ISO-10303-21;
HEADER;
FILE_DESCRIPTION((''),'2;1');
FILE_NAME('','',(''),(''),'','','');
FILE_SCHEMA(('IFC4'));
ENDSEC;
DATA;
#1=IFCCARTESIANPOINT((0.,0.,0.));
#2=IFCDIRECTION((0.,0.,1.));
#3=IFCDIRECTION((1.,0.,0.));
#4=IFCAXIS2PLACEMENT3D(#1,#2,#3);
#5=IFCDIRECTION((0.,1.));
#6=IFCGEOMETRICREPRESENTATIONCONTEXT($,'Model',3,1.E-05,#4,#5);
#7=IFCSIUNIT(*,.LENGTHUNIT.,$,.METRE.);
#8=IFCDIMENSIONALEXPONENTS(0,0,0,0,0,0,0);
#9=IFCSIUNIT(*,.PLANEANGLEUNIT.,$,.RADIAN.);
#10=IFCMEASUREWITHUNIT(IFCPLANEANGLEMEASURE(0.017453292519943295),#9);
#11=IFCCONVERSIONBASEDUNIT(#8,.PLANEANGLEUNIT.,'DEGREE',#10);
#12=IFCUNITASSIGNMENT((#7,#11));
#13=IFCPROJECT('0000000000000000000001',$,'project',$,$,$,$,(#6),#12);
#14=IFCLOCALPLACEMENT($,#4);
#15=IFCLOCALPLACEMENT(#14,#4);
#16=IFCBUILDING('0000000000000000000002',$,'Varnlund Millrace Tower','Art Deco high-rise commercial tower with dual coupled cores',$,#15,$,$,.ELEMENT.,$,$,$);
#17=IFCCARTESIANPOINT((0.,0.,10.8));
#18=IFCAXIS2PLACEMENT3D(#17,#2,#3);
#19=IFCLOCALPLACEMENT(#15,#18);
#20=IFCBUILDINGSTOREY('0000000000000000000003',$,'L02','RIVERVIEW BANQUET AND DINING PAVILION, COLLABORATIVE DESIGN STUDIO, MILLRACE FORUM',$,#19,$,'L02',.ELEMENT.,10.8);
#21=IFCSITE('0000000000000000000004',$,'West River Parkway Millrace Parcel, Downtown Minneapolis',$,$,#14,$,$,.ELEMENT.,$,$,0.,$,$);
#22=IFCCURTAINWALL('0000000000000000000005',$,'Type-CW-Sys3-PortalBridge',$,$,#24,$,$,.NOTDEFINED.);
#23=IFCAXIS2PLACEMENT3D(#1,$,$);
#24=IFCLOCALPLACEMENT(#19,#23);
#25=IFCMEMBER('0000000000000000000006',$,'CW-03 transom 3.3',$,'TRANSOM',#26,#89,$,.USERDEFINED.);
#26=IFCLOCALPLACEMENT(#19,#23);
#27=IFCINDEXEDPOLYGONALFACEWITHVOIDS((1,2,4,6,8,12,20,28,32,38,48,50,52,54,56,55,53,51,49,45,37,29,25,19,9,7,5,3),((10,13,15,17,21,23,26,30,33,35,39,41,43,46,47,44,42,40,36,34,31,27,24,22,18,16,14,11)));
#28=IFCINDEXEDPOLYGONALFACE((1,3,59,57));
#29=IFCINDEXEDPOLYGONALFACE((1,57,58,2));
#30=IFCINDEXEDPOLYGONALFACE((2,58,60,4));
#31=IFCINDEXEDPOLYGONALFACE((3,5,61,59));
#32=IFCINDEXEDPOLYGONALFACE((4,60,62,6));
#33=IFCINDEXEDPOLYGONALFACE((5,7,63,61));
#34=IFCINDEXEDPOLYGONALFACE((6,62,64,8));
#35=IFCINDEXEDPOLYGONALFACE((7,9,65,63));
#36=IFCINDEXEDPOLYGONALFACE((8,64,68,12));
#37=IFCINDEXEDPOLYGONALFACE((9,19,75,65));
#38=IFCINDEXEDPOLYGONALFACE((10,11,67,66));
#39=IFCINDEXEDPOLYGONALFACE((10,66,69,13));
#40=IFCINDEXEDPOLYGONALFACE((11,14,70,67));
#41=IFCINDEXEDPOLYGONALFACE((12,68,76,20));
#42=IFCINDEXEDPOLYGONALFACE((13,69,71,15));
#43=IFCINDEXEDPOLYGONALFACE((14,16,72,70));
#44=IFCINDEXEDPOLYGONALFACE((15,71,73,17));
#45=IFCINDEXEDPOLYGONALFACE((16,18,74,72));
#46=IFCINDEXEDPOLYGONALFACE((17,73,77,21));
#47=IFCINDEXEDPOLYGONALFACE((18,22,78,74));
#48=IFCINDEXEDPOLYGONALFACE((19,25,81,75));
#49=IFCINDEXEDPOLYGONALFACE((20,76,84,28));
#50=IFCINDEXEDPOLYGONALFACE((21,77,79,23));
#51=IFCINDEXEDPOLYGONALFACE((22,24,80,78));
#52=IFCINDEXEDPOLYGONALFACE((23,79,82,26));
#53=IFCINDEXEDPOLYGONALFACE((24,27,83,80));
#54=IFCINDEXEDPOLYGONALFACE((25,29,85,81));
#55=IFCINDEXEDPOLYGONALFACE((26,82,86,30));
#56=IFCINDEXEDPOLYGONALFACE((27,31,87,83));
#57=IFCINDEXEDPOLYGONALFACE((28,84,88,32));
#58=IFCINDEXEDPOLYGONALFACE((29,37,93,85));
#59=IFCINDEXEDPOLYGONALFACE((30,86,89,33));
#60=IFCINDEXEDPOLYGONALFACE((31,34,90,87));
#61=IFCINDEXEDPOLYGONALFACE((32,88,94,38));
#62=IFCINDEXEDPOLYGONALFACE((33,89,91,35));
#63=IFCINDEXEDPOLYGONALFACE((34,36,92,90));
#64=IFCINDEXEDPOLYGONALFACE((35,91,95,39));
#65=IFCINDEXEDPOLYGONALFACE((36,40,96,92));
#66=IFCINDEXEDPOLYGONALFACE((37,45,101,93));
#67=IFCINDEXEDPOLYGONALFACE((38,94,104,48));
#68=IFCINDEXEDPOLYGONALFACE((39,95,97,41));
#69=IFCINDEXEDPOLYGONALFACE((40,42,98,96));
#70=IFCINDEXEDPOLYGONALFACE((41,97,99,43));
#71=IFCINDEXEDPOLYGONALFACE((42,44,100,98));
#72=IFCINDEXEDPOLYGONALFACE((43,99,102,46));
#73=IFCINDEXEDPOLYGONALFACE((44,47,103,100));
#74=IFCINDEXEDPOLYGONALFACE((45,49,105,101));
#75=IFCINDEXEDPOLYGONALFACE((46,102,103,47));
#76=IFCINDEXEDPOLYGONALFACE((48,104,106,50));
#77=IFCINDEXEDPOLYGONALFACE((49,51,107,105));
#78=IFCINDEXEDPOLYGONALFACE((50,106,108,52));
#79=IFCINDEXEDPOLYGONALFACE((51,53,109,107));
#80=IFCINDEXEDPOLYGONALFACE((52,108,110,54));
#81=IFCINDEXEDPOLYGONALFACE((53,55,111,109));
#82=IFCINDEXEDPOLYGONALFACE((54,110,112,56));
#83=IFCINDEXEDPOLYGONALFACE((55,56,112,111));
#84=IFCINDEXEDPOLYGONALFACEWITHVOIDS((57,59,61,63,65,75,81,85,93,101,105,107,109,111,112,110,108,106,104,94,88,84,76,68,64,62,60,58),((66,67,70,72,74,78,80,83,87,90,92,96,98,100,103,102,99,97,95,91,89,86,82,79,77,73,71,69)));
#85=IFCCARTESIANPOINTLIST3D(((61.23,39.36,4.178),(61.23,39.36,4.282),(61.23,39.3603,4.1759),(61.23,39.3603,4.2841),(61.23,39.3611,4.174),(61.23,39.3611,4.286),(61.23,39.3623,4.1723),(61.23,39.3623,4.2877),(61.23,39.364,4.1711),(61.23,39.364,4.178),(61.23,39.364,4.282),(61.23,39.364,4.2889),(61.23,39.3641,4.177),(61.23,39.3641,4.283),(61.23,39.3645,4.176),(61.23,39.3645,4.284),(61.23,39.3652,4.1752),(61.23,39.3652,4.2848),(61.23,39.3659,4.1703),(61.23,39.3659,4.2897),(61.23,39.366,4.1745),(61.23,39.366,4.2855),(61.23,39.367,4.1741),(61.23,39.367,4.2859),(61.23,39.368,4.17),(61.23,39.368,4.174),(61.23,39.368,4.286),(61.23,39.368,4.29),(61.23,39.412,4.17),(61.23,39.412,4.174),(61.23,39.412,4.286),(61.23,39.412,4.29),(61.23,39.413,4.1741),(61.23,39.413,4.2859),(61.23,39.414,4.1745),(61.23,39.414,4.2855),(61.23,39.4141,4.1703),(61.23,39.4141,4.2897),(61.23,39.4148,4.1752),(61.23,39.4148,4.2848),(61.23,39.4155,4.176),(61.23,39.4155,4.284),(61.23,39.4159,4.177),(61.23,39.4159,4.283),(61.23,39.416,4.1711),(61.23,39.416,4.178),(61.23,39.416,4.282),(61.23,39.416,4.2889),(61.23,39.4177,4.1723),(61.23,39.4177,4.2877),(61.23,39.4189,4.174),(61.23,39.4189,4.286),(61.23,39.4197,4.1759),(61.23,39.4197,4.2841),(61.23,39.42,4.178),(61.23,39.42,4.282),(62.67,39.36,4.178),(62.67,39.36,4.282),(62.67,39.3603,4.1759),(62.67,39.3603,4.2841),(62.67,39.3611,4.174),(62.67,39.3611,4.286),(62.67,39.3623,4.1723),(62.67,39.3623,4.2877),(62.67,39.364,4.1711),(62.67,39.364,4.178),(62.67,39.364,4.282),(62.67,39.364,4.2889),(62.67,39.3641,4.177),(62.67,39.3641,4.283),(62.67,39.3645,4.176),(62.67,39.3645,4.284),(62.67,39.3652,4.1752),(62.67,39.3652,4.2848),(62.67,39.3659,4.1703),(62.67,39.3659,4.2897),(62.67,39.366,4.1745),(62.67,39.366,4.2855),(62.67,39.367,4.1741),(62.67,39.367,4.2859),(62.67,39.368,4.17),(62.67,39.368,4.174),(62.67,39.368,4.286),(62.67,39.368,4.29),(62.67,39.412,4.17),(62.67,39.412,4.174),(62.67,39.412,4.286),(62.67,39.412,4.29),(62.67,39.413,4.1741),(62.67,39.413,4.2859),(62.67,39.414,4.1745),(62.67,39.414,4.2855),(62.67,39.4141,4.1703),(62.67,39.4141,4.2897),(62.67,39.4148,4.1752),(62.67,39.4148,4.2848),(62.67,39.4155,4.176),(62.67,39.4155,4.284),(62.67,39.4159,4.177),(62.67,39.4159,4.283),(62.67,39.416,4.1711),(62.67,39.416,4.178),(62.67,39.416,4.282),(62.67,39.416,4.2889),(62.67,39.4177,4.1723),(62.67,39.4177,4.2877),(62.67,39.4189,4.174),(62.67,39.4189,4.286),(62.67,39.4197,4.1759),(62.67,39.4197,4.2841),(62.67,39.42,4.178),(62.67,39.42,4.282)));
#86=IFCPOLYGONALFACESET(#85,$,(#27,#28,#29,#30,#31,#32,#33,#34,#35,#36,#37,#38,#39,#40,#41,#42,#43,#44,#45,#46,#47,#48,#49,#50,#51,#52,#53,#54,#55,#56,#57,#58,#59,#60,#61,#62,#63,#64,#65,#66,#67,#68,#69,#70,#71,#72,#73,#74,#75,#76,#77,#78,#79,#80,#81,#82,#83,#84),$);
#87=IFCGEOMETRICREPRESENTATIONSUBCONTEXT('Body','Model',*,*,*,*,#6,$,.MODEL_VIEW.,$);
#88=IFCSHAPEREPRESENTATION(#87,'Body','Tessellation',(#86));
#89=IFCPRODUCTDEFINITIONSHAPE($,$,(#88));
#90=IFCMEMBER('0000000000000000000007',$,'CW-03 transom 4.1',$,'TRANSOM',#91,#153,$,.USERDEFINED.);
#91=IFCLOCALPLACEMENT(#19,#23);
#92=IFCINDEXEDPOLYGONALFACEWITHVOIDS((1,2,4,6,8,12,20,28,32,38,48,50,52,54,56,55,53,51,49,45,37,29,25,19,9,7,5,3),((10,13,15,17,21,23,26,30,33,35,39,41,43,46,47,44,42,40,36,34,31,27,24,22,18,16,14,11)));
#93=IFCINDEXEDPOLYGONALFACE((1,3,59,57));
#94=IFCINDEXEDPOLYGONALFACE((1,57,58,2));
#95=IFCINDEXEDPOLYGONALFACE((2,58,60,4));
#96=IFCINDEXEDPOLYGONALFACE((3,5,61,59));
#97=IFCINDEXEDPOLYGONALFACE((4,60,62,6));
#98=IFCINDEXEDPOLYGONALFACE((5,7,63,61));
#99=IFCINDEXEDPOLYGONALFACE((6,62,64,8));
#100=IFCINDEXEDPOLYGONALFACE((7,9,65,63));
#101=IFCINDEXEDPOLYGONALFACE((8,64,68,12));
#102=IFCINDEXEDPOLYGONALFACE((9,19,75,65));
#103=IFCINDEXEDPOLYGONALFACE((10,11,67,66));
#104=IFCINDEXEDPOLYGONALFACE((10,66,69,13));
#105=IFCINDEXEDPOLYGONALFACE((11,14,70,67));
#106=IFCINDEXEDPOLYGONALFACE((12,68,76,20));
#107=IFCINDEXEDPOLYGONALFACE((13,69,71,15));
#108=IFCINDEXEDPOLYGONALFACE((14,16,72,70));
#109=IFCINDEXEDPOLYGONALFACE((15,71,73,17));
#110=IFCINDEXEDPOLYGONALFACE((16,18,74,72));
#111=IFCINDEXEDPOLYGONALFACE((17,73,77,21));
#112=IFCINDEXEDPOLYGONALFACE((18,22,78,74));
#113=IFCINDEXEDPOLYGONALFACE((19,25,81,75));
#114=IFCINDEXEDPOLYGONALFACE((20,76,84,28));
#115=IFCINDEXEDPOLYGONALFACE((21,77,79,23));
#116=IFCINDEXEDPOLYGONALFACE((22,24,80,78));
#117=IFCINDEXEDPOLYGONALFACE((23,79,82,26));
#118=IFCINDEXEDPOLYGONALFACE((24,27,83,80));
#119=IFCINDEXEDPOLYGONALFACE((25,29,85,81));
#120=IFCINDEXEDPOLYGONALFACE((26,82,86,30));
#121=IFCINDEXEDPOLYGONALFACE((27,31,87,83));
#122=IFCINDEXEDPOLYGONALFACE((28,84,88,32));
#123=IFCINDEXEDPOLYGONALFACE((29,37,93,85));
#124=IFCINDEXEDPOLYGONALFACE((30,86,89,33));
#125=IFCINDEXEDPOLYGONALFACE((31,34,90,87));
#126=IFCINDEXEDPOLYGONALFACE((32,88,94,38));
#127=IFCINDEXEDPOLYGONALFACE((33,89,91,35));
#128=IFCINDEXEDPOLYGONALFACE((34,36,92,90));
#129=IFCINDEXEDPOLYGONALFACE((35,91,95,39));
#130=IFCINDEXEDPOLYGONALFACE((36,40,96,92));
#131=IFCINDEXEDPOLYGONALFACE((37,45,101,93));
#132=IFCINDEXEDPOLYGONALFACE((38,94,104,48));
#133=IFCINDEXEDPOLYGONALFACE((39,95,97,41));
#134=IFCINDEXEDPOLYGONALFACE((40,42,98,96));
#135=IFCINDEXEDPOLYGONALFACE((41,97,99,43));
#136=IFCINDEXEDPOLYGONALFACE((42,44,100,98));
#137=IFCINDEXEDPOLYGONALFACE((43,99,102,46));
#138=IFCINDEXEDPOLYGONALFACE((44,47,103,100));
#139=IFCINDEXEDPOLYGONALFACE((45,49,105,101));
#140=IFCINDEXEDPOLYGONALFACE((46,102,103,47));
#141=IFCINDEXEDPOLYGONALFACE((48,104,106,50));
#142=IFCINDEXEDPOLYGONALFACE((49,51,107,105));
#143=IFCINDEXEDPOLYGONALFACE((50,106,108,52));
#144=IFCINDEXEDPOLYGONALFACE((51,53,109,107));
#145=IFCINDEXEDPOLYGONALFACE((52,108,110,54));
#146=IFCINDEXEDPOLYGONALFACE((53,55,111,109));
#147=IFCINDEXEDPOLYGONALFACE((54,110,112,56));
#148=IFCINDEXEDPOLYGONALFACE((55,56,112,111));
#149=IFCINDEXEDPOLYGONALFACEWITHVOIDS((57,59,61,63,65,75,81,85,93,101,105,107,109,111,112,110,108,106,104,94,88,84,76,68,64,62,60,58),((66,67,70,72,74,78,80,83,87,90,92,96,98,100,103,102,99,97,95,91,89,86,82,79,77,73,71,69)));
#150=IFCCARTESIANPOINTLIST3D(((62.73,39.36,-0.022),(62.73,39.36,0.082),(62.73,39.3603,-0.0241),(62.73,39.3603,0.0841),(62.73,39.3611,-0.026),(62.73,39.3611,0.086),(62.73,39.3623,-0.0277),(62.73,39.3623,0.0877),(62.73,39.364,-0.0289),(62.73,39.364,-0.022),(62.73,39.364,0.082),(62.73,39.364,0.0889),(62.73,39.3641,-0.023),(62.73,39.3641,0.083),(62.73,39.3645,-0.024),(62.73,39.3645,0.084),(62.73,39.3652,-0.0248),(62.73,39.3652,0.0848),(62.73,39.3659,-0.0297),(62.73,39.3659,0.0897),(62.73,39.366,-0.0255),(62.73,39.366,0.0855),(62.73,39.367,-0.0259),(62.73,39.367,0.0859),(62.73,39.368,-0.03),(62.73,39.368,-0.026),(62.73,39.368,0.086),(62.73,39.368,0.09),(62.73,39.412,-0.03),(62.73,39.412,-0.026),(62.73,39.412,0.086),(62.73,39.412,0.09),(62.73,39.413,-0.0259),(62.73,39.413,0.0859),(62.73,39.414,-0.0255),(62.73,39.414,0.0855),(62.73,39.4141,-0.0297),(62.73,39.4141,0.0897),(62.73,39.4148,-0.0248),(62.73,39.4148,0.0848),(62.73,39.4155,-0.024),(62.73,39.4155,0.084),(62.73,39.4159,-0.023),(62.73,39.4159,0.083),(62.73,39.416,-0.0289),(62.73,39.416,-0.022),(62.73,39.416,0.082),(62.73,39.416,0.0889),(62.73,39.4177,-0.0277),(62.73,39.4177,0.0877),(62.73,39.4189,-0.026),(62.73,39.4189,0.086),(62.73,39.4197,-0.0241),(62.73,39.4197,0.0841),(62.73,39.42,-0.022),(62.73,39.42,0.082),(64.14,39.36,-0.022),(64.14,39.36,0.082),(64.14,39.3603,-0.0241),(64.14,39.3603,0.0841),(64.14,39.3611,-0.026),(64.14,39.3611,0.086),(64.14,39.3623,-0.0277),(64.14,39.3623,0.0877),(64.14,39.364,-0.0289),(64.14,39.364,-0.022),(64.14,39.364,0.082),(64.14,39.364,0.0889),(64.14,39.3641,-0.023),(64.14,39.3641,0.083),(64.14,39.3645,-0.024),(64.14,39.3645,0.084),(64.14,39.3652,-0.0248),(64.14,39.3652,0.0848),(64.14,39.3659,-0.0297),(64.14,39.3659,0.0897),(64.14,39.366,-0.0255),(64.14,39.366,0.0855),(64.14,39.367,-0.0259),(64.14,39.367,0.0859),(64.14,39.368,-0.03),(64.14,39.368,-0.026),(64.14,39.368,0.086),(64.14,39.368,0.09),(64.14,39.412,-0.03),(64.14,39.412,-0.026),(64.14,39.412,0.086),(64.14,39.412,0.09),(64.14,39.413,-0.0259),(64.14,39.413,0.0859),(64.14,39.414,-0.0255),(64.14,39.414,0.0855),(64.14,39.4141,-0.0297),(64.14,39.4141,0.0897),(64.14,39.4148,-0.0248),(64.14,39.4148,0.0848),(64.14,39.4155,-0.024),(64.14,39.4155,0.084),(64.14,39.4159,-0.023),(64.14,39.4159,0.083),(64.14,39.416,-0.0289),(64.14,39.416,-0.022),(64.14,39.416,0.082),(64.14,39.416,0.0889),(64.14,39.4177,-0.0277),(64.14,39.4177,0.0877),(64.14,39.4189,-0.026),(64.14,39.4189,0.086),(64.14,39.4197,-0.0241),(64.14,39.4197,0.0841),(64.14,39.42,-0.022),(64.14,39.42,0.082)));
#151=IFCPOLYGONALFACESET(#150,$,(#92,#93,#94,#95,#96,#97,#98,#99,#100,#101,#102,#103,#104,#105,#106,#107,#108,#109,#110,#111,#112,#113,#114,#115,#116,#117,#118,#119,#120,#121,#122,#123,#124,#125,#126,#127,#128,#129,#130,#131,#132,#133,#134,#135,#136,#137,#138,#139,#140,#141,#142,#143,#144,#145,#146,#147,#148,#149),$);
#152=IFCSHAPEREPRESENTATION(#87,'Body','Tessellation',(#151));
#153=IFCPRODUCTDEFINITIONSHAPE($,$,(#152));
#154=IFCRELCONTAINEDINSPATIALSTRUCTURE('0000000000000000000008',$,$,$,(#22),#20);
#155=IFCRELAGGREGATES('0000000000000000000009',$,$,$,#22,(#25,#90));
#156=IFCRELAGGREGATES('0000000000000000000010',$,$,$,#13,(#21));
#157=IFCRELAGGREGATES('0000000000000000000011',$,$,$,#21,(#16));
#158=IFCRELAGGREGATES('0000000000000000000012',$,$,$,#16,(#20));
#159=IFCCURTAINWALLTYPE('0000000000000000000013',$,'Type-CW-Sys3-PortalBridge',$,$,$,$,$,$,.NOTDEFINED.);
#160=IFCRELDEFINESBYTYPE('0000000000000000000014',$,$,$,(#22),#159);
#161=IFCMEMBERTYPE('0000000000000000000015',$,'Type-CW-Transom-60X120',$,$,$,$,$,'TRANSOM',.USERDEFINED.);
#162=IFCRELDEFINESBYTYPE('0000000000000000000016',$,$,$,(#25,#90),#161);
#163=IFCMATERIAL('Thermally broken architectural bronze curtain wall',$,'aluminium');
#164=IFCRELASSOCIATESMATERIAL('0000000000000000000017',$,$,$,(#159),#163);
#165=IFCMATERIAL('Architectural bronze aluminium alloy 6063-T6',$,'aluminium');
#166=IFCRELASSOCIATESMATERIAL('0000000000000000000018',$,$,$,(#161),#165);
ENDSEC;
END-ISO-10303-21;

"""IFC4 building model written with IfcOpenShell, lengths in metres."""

from ifc_helpers import new_model, entity, si_unit, converted_unit, direction, frame, origin_with_axes, origin_2d_with_axis, place, context, subcontext, project, spatial, hollow_rectangle, extrude, material, material_profile, profile_set, type_object, element, aggregate, save


model = new_model("IFC4")

# Units and contexts
model_context = context("Model", 3, precision=1e-05, world=origin_with_axes(), true_north=direction((0.0, 1.0)))
body_context = subcontext(model_context, "Body", "Model", "MODEL_VIEW")
ifc_project = project(units=[si_unit("LENGTHUNIT", "METRE"), converted_unit("PLANEANGLEUNIT", "DEGREE", entity("IfcPlaneAngleMeasure", 0.017453292519943295), si_unit("PLANEANGLEUNIT", "RADIAN"), dimensions=[0, 0, 0, 0, 0, 0, 0])], contexts=[model_context])

# Site, building, storey
site_placement = place(None, origin_with_axes())
site = spatial("IfcSite", under=ifc_project, at=site_placement, Name="West River Parkway Millrace Parcel, Downtown Minneapolis", CompositionType="ELEMENT", RefElevation=0.0)
building_placement = place(site_placement, origin_with_axes())
building = spatial("IfcBuilding", under=site, at=building_placement, Name="Varnlund Millrace Tower", Description="Art Deco high-rise commercial tower with dual coupled cores", CompositionType="ELEMENT")
storey_placement = place(building_placement, frame((0.0, 0.0, 10.8), z_axis=(0.0, 0.0, 1.0), x_axis=(1.0, 0.0, 0.0)))
storey = spatial("IfcBuildingStorey", under=building, at=storey_placement, Name="L02", Description="RIVERVIEW BANQUET AND DINING PAVILION, COLLABORATIVE DESIGN STUDIO, MILLRACE FORUM", LongName="L02", CompositionType="ELEMENT", Elevation=10.8)

# Curtain wall
ifc_material_1 = material(Name="Thermally broken architectural bronze curtain wall", Category="aluminium")
curtain_wall_type = type_object("IfcCurtainWallType", Name="Type-CW-Sys3-PortalBridge", PredefinedType="NOTDEFINED", material=ifc_material_1)
curtain_wall_1_placement = place(storey_placement, frame((58.2, 39.39, 0.0), z_axis=(0.0, 0.0, 1.0), x_axis=(1.0, 0.0, 0.0)))
curtain_wall_1 = element("IfcCurtainWall", 1, at=curtain_wall_1_placement, inside=storey, type_object=curtain_wall_type, Name="Type-CW-Sys3-PortalBridge", PredefinedType="NOTDEFINED")
ifc_material_2 = material(Name="Architectural bronze aluminium alloy 6063-T6", Category="aluminium")

# Members
ifc_material_profile_1 = material_profile(ifc_material_2, hollow_rectangle(XDim=0.06, YDim=0.12, WallThickness=0.004, InnerFilletRadius=0.004, OuterFilletRadius=0.008, at=origin_2d_with_axis()), Name="Architectural bronze aluminium alloy 6063-T6")
ifc_profile_set_1 = profile_set([ifc_material_profile_1], Name="Architectural bronze aluminium alloy 6063-T6")
member_type_1 = type_object("IfcMemberType", Name="Type-CW-Transom-60X120", ElementType="TRANSOM", PredefinedType="USERDEFINED", material=ifc_profile_set_1)
member_1_placement = place(storey_placement, frame((61.23, 39.39, 4.23), z_axis=(1.0, 0.0, 0.0), x_axis=(0.0, 1.0, 0.0)))
member_1 = element("IfcMember", 2, at=member_1_placement, type_object=member_type_1, Name="CW-03 transom 3.3", ObjectType="TRANSOM", PredefinedType="USERDEFINED", context=body_context, shape_type="SweptSolid", body=[
    extrude(hollow_rectangle(XDim=0.06, YDim=0.12, WallThickness=0.004, InnerFilletRadius=0.004, OuterFilletRadius=0.008, at=origin_2d_with_axis()), origin_with_axes(), (0.0, 0.0, 1.0), 1.44),
])
member_2_placement = place(storey_placement, frame((62.73, 39.39, 0.03), z_axis=(1.0, 0.0, 0.0), x_axis=(0.0, 1.0, 0.0)))
member_2 = element("IfcMember", 3, at=member_2_placement, type_object=member_type_1, Name="CW-03 transom 4.1", ObjectType="TRANSOM", PredefinedType="USERDEFINED", context=body_context, shape_type="SweptSolid", body=[
    extrude(hollow_rectangle(XDim=0.06, YDim=0.12, WallThickness=0.004, InnerFilletRadius=0.004, OuterFilletRadius=0.008, at=origin_2d_with_axis()), origin_with_axes(), (0.0, 0.0, 1.0), 1.41),
])

aggregate(curtain_wall_1, [member_1, member_2])

save(model, "model.ifc")
